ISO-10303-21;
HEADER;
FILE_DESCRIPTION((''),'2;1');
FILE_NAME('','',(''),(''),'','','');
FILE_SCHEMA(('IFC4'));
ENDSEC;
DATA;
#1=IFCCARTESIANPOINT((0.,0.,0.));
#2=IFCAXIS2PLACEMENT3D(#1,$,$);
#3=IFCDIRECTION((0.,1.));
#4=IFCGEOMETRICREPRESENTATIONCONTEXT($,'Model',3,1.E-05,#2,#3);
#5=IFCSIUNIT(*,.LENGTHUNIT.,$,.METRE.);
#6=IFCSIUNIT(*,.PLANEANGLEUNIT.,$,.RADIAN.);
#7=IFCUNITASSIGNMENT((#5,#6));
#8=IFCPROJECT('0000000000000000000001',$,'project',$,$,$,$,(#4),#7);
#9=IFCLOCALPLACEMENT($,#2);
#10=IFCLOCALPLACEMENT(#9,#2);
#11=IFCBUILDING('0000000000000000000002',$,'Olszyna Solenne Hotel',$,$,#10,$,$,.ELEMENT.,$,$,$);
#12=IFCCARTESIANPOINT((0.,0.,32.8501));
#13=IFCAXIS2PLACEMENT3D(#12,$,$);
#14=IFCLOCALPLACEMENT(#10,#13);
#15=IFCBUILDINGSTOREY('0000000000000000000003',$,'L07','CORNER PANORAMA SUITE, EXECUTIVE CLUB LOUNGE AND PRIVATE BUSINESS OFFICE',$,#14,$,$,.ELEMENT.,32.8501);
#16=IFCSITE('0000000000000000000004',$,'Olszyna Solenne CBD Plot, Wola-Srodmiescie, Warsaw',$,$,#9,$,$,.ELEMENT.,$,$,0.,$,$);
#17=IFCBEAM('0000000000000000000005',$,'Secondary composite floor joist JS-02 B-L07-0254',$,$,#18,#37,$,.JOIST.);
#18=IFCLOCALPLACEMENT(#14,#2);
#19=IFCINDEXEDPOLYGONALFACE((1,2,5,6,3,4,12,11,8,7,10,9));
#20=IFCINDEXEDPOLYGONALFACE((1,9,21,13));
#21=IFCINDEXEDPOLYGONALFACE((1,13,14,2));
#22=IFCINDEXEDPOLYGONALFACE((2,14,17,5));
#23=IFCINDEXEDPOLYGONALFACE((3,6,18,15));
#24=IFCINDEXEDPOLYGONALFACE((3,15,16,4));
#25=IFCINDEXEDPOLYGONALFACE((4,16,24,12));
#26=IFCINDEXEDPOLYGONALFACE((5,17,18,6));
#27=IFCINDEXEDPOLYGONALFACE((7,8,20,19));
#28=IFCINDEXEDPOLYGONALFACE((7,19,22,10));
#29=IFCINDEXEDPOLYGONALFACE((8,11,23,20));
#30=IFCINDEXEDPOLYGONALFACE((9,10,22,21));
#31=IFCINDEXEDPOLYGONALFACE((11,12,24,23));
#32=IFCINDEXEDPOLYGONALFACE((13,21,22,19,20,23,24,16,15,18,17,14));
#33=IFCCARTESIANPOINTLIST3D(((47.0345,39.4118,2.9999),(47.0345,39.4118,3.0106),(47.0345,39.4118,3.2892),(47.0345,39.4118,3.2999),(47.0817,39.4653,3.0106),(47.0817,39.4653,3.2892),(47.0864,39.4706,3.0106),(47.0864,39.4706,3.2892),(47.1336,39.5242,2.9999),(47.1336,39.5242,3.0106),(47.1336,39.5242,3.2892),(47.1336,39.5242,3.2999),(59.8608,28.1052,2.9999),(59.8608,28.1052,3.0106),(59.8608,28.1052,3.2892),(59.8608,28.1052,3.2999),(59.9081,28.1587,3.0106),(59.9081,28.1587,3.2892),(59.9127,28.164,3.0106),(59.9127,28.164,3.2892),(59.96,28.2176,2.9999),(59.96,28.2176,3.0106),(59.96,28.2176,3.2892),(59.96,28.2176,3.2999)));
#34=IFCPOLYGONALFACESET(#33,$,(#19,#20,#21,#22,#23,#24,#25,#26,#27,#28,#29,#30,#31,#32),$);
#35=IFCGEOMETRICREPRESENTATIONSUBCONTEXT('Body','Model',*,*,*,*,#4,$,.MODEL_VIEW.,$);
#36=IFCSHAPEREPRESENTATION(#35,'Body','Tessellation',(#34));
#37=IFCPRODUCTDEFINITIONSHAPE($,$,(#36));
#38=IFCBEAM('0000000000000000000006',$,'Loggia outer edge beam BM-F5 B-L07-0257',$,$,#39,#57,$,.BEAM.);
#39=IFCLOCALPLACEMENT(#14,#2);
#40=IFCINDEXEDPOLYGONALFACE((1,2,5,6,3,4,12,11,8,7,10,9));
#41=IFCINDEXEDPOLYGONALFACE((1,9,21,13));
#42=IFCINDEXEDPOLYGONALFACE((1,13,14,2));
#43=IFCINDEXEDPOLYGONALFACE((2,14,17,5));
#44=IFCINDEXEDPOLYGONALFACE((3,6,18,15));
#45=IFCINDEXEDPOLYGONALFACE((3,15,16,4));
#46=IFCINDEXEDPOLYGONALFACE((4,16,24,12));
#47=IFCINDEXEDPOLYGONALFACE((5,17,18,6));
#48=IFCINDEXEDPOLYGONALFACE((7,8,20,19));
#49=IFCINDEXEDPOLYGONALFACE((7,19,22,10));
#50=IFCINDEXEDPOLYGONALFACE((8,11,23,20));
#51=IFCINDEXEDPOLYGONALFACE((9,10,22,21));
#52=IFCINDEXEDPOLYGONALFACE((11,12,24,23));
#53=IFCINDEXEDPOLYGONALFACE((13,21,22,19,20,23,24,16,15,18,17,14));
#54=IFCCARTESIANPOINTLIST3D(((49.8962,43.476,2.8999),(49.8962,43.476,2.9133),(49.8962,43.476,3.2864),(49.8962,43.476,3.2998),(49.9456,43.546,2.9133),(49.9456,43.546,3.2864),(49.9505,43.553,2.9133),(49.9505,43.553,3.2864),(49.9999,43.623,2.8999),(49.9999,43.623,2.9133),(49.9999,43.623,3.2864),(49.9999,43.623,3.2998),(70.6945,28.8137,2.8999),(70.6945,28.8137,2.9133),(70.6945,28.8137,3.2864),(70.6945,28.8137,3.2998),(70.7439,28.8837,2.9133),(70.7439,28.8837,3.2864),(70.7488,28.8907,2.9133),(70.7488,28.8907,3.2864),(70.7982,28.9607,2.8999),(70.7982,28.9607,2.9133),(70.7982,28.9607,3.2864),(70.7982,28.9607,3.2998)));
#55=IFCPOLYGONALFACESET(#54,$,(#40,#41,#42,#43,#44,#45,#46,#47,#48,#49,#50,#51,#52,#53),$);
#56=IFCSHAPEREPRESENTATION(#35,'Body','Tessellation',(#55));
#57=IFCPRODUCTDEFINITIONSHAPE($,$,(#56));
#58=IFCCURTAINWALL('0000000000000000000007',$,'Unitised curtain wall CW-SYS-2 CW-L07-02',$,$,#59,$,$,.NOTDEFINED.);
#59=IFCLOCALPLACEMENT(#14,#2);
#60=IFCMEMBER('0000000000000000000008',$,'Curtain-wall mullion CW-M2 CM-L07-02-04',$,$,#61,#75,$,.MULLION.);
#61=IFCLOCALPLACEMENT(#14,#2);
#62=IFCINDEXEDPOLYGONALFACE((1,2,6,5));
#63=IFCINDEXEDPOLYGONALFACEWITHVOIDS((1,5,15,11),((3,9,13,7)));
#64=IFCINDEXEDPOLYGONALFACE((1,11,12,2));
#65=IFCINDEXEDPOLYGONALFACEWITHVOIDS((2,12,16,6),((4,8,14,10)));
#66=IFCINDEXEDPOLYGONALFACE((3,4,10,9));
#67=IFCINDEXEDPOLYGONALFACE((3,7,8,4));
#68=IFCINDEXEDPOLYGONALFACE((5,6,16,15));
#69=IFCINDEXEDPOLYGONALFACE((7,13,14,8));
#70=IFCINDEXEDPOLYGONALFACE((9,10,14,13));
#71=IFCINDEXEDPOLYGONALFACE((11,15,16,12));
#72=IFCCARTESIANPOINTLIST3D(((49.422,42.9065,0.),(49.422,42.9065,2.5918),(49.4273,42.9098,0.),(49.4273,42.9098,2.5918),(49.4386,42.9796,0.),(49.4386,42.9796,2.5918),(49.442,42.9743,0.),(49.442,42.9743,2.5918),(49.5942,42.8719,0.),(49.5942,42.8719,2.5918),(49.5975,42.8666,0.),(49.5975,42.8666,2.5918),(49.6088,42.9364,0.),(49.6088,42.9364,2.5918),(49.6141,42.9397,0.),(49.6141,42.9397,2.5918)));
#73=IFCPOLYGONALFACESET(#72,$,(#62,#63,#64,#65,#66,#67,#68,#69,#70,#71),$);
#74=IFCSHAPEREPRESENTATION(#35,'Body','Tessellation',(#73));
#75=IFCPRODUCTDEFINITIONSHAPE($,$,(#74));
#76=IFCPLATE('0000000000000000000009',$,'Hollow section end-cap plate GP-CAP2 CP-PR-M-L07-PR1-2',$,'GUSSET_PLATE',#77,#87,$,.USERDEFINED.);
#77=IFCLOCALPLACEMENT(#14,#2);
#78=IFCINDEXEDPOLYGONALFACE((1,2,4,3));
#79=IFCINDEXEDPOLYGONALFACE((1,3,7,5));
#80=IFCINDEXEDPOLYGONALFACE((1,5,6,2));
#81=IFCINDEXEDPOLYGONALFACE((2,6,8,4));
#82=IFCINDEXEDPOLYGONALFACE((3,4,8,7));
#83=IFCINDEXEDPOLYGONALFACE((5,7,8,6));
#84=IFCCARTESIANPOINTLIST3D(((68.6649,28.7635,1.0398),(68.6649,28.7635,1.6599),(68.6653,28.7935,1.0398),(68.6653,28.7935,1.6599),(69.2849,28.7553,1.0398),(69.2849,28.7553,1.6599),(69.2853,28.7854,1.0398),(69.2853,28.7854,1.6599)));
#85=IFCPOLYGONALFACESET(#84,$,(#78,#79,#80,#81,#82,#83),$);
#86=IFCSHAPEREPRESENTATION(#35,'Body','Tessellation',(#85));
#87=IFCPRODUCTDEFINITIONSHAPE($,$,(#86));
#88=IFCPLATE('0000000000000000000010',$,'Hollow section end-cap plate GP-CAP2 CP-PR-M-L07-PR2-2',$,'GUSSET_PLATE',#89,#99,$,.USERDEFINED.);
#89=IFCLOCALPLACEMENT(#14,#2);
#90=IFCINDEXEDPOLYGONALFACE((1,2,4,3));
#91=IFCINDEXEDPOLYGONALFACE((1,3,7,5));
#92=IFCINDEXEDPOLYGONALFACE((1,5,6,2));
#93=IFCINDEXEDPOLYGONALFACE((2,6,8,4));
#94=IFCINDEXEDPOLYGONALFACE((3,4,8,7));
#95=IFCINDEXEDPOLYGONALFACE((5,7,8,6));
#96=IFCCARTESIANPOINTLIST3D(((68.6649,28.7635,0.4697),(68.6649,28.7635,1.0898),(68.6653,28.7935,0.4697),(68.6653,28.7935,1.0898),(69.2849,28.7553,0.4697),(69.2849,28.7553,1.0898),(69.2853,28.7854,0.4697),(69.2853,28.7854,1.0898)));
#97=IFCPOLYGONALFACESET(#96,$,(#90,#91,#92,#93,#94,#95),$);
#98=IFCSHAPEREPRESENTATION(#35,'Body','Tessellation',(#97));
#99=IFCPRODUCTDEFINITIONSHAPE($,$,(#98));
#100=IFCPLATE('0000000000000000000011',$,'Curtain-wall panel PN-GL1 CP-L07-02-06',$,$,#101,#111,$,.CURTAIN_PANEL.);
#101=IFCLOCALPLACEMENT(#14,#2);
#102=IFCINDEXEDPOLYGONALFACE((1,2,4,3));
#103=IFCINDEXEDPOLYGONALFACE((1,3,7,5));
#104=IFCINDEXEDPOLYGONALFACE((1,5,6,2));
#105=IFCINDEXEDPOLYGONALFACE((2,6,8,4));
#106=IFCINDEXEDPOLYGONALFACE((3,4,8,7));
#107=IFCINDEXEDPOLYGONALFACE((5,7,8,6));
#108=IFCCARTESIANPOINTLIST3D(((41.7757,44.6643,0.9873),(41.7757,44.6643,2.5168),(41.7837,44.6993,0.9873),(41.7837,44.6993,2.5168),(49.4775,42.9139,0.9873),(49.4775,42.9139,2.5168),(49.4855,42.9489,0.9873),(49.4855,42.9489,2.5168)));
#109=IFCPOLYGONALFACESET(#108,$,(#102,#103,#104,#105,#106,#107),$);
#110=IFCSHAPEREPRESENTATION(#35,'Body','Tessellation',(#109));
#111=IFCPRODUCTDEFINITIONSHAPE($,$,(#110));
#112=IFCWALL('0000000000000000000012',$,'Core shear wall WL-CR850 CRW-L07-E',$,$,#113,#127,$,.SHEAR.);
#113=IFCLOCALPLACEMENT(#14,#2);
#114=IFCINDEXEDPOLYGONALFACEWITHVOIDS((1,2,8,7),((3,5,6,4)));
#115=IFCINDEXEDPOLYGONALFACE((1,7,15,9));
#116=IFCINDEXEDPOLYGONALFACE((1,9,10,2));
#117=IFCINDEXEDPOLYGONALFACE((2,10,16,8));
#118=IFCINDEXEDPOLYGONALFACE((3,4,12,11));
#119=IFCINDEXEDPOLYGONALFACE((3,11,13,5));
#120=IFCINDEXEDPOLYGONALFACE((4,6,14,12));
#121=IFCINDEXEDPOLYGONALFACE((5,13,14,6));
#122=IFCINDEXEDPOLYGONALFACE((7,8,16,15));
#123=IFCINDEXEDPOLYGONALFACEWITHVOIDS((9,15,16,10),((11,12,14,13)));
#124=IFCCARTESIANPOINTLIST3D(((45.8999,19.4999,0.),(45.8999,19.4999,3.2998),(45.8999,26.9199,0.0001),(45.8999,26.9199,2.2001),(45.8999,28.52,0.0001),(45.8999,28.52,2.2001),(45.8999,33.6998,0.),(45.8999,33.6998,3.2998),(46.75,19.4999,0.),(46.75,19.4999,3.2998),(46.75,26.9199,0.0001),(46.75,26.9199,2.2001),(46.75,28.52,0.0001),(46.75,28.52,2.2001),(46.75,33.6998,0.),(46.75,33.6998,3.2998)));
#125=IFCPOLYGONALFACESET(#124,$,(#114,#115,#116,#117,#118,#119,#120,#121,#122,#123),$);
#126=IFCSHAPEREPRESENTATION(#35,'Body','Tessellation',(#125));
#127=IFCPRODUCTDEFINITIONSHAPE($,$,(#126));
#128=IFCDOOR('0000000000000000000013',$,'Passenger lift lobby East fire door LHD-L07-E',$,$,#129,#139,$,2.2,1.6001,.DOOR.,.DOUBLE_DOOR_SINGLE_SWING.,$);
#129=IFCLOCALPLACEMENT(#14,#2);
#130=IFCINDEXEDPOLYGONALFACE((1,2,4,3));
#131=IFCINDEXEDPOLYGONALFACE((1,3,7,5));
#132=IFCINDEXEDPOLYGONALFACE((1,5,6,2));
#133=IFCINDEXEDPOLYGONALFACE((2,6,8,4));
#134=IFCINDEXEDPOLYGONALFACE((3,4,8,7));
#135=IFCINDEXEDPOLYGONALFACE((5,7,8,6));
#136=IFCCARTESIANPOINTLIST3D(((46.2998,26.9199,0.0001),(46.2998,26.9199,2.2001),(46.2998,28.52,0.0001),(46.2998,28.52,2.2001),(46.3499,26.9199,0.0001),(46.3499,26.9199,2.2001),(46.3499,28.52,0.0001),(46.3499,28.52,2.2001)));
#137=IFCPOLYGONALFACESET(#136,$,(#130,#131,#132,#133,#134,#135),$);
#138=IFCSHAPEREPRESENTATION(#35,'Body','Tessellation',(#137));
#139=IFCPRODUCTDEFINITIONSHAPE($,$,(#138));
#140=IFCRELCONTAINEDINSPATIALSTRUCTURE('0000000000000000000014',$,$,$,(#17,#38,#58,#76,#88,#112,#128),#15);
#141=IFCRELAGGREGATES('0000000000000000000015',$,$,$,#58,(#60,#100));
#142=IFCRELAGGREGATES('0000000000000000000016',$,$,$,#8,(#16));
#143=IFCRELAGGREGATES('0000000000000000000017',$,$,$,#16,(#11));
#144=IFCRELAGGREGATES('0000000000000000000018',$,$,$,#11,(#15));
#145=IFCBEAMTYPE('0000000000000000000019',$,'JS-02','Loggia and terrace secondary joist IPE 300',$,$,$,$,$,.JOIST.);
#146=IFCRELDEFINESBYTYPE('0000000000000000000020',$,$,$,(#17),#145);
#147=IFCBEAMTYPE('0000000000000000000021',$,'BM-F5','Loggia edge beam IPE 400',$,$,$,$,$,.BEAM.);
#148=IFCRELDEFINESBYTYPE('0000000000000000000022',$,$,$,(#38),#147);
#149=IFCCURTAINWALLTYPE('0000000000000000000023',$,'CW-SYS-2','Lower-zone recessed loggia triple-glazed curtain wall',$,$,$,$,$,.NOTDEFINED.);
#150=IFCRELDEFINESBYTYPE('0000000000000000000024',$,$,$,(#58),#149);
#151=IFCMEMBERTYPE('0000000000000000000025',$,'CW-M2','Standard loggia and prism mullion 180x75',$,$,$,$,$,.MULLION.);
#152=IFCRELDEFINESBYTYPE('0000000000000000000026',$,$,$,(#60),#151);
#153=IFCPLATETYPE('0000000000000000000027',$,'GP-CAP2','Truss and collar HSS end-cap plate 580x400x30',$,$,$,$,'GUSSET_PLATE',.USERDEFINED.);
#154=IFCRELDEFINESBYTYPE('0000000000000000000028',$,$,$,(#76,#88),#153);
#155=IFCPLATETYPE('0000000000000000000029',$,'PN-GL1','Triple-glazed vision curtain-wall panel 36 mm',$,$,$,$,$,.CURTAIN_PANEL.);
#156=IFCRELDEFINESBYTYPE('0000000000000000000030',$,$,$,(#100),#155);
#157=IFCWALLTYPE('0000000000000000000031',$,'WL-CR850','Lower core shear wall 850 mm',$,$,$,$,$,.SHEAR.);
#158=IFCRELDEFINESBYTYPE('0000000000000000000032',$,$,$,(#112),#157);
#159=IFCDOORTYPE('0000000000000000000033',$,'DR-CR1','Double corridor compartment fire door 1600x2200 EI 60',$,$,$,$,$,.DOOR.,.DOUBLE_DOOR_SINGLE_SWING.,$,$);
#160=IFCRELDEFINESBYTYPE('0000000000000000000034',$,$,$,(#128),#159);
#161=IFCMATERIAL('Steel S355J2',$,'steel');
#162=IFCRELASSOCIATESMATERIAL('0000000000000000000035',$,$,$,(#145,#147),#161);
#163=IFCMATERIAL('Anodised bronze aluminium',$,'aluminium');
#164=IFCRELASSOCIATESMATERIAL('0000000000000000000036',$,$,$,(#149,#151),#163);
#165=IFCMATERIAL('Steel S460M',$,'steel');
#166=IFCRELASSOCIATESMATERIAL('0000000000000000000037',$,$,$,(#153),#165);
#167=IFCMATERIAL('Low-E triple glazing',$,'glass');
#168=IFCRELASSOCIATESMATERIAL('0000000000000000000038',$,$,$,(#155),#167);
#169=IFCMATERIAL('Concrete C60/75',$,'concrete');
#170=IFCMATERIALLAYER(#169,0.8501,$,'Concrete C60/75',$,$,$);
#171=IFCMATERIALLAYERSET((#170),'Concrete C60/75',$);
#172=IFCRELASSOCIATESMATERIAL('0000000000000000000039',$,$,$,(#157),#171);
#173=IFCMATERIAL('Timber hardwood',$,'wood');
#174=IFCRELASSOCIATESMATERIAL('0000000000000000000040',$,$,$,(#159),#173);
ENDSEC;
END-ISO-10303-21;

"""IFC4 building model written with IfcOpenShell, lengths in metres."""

from ifc_helpers import new_model, si_unit, direction, frame, frame_2d, origin, origin_2d, place, context, subcontext, project, spatial, rectangle, hollow_rectangle, i_section, extrude, source, transform, mapped, material, layer, layer_set, material_profile, profile_set, type_object, type_shapes, element, fill, aggregate, save


model = new_model("IFC4")

# Units and contexts
model_context = context("Model", 3, precision=1e-05, world=origin(), true_north=direction((0.0, 1.0)))
body_context = subcontext(model_context, "Body", "Model", "MODEL_VIEW")
ifc_project = project(units=[si_unit("LENGTHUNIT", "METRE"), si_unit("PLANEANGLEUNIT", "RADIAN")], contexts=[model_context])

# Site, building, storey
site_placement = place(None, origin())
site = spatial("IfcSite", under=ifc_project, at=site_placement, Name="Olszyna Solenne CBD Plot, Wola-Srodmiescie, Warsaw", CompositionType="ELEMENT", RefElevation=0.0)
building_placement = place(site_placement, origin())
building = spatial("IfcBuilding", under=site, at=building_placement, Name="Olszyna Solenne Hotel", CompositionType="ELEMENT")
storey_placement = place(building_placement, frame((0.0, 0.0, 32.8501)))
storey = spatial("IfcBuildingStorey", under=building, at=storey_placement, Name="L07", Description="CORNER PANORAMA SUITE, EXECUTIVE CLUB LOUNGE AND PRIVATE BUSINESS OFFICE", CompositionType="ELEMENT", Elevation=32.8501)

# Shared definitions
ifc_material_1 = material(Name="Steel S460M", Category="steel")

# Beams
ifc_material_2 = material(Name="Steel S355J2", Category="steel")
ifc_material_profile_1 = material_profile(ifc_material_2, i_section(OverallWidth=0.1499, OverallDepth=0.3, WebThickness=0.0071, FlangeThickness=0.0107, at=origin_2d()), Name="IPE 300", Category="load-bearing")
ifc_profile_set_1 = profile_set([ifc_material_profile_1], Name="Steel S355J2")
beam_type_1 = type_object("IfcBeamType", Name="JS-02", Description="Loggia and terrace secondary joist IPE 300", PredefinedType="JOIST", material=ifc_profile_set_1)
shared_shape_1 = source(origin(), body_context, "Body", "SweptSolid", [
    extrude(i_section(OverallWidth=0.1499, OverallDepth=0.3, WebThickness=0.0071, FlangeThickness=0.0107, at=origin_2d()), origin(), (0.0, 0.0, 1.0), 17.0984),
])
beam_1_placement = place(storey_placement, frame((59.9104, 28.1614, 3.1499), z_axis=(-0.750151, 0.661267, 0.0), x_axis=(-0.661267, -0.750151, 0.0)))
element("IfcBeam", 1, at=beam_1_placement, inside=storey, type_object=beam_type_1, Name="Secondary composite floor joist JS-02 B-L07-0254", PredefinedType="JOIST", context=body_context, shape_type="MappedRepresentation", body=[
    mapped(shared_shape_1, transform((0.0, 0.0, 0.0), x_axis=(1.0, 0.0, 0.0), y_axis=(0.0, 1.0, 0.0), z_axis=(0.0, 0.0, 1.0), scale=1.0)),
])
ifc_material_profile_2 = material_profile(ifc_material_2, i_section(OverallWidth=0.1799, OverallDepth=0.3999, WebThickness=0.0085, FlangeThickness=0.0134, at=origin_2d()), Name="IPE 400", Category="load-bearing")
ifc_profile_set_2 = profile_set([ifc_material_profile_2], Name="Steel S355J2")
beam_type_2 = type_object("IfcBeamType", Name="BM-F5", Description="Loggia edge beam IPE 400", PredefinedType="BEAM", material=ifc_profile_set_2)
shared_shape_2 = source(origin(), body_context, "Body", "SweptSolid", [
    extrude(i_section(OverallWidth=0.1799, OverallDepth=0.3999, WebThickness=0.0085, FlangeThickness=0.0134, at=origin_2d()), origin(), (0.0, 0.0, 1.0), 25.447),
])
beam_2_placement = place(storey_placement, frame((70.7463, 28.8872, 3.0999), z_axis=(-0.817316, 0.576189, 0.0), x_axis=(-0.576189, -0.817316, 0.0)))
element("IfcBeam", 2, at=beam_2_placement, inside=storey, type_object=beam_type_2, Name="Loggia outer edge beam BM-F5 B-L07-0257", PredefinedType="BEAM", context=body_context, shape_type="MappedRepresentation", body=[
    mapped(shared_shape_2, transform((0.0, 0.0, 0.0), x_axis=(1.0, 0.0, 0.0), y_axis=(0.0, 1.0, 0.0), z_axis=(0.0, 0.0, 1.0), scale=1.0)),
])

# Curtain wall, member
ifc_material_3 = material(Name="Anodised bronze aluminium", Category="aluminium")
curtain_wall_type = type_object("IfcCurtainWallType", Name="CW-SYS-2", Description="Lower-zone recessed loggia triple-glazed curtain wall", PredefinedType="NOTDEFINED", material=ifc_material_3)
curtain_wall_placement = place(storey_placement, origin())
curtain_wall = element("IfcCurtainWall", 3, at=curtain_wall_placement, inside=storey, type_object=curtain_wall_type, Name="Unitised curtain wall CW-SYS-2 CW-L07-02", PredefinedType="NOTDEFINED")
ifc_material_profile_3 = material_profile(ifc_material_3, hollow_rectangle(XDim=0.075, YDim=0.1799, WallThickness=0.0044, at=origin_2d()), Name="MULL 180x75x4.5", Category="load-bearing")
ifc_profile_set_3 = profile_set([ifc_material_profile_3], Name="Anodised bronze aluminium")
member_type = type_object("IfcMemberType", Name="CW-M2", Description="Standard loggia and prism mullion 180x75", PredefinedType="MULLION", material=ifc_profile_set_3)
shared_shape_3 = source(origin(), body_context, "Body", "SweptSolid", [
    extrude(hollow_rectangle(XDim=0.075, YDim=0.1799, WallThickness=0.0044, at=origin_2d()), origin(), (0.0, 0.0, 1.0), 2.5918),
])
member_placement = place(storey_placement, frame((49.5181, 42.9231, 0.0), z_axis=(0.0, 0.0, 1.0), x_axis=(0.221622, 0.975133, 0.0)))
member = element("IfcMember", 4, at=member_placement, type_object=member_type, Name="Curtain-wall mullion CW-M2 CM-L07-02-04", PredefinedType="MULLION", context=body_context, shape_type="MappedRepresentation", body=[
    mapped(shared_shape_3, transform((0.0, 0.0, 0.0), x_axis=(1.0, 0.0, 0.0), y_axis=(0.0, 1.0, 0.0), z_axis=(0.0, 0.0, 1.0), scale=1.0)),
])

# Plates
plate_type_1 = type_object("IfcPlateType", Name="GP-CAP2", Description="Truss and collar HSS end-cap plate 580x400x30", ElementType="GUSSET_PLATE", PredefinedType="USERDEFINED", material=ifc_material_1)
shared_shape_4 = source(origin(), body_context, "Body", "SweptSolid", [
    extrude(rectangle(XDim=0.03, YDim=0.6201, at=origin_2d()), origin(), (0.0, 0.0, 1.0), 0.6201),
])
for number, where, z_axis, x_axis, name in (
    (5, (68.9751, 28.7744, 1.0398), (0.0, 0.0, 1.0), (0.01309, 0.999914, 0.0), "Hollow section end-cap plate GP-CAP2 CP-PR-M-L07-PR1-2"),
    (6, (68.9751, 28.7744, 0.4697), (0.0, 0.0, 1.0), (0.01309, 0.999914, 0.0), "Hollow section end-cap plate GP-CAP2 CP-PR-M-L07-PR2-2"),
):
    element("IfcPlate", number, at=place(storey_placement, frame(where, z_axis=z_axis, x_axis=x_axis)), inside=storey, type_object=plate_type_1, Name=name, ObjectType="GUSSET_PLATE", PredefinedType="USERDEFINED", context=body_context, shape_type="MappedRepresentation", body=[
        mapped(shared_shape_4, transform((0.0, 0.0, 0.0), x_axis=(1.0, 0.0, 0.0), y_axis=(0.0, 1.0, 0.0), z_axis=(0.0, 0.0, 1.0), scale=1.0)),
    ])

# Plate
ifc_material_4 = material(Name="Low-E triple glazing", Category="glass")
plate_type_2 = type_object("IfcPlateType", Name="PN-GL1", Description="Triple-glazed vision curtain-wall panel 36 mm", PredefinedType="CURTAIN_PANEL", material=ifc_material_4)
shared_shape_5 = source(origin(), body_context, "Body", "SweptSolid", [
    extrude(rectangle(XDim=7.8982, YDim=0.0359, at=origin_2d()), origin(), (0.0, 0.0, 1.0), 1.5295),
])
plate_placement = place(storey_placement, frame((45.6306, 43.8066, 0.9873), z_axis=(0.0, 0.0, 1.0), x_axis=(0.975133, -0.221622, 0.0)))
plate = element("IfcPlate", 7, at=plate_placement, type_object=plate_type_2, Name="Curtain-wall panel PN-GL1 CP-L07-02-06", PredefinedType="CURTAIN_PANEL", context=body_context, shape_type="MappedRepresentation", body=[
    mapped(shared_shape_5, transform((0.0, 0.0, 0.0), x_axis=(1.0, 0.0, 0.0), y_axis=(0.0, 1.0, 0.0), z_axis=(0.0, 0.0, 1.0), scale=1.0)),
])
aggregate(curtain_wall, [member, plate])

# Wall, opening, door
ifc_material_5 = material(Name="Concrete C60/75", Category="concrete")
ifc_layer_1 = layer(ifc_material_5, 0.8501, Name="Concrete C60/75")
ifc_layer_set_1 = layer_set([ifc_layer_1], Name="Concrete C60/75")
wall_type_1 = type_object("IfcWallType", Name="WL-CR850", Description="Lower core shear wall 850 mm", PredefinedType="SHEAR", material=ifc_layer_set_1)
wall_1_placement = place(storey_placement, frame((46.325, 33.7, 0.0), z_axis=(0.0, 0.0, 1.0), x_axis=(0.0, -1.0, 0.0)))
wall_1 = element("IfcWall", 8, at=wall_1_placement, inside=storey, type_object=wall_type_1, Name="Core shear wall WL-CR850 CRW-L07-E", PredefinedType="SHEAR", context=body_context, shape_type="SweptSolid", body=[
    extrude(rectangle(XDim=14.2, YDim=0.8501, at=frame_2d((7.1001, 0.0))), origin(), (0.0, 0.0, 1.0), 3.2998),
])
opening_1_placement = place(wall_1_placement, frame((5.1799, 0.0, 0.0)))
opening_1 = element("IfcOpeningElement", 9, at=opening_1_placement, cuts=wall_1, PredefinedType="OPENING", context=body_context, shape_type="SweptSolid", body=[
    extrude(rectangle(XDim=1.6001, YDim=2.2, at=frame_2d((0.8, 1.1001))), frame((0.0, 0.4351, 0.0), z_axis=(0.0, -1.0, 0.0), x_axis=(1.0, 0.0, 0.0)), (0.0, 0.0, 1.0), 0.8701),
])
ifc_material_6 = material(Name="Timber hardwood", Category="wood")
door_type_1 = type_object("IfcDoorType", Name="DR-CR1", Description="Double corridor compartment fire door 1600x2200 EI 60", OperationType="DOUBLE_DOOR_SINGLE_SWING", PredefinedType="DOOR", material=ifc_material_6)
shared_shape_6 = source(origin(), body_context, "Body", "SweptSolid", [
    extrude(rectangle(XDim=1.6001, YDim=2.2, at=frame_2d((0.8, 1.1001))), frame((0.0, 0.0249, 0.0), z_axis=(0.0, -1.0, 0.0), x_axis=(1.0, 0.0, 0.0)), (0.0, 0.0, 1.0), 0.05),
])
type_shapes(door_type_1, [shared_shape_6])
door_1_placement = place(opening_1_placement, origin())
door_1 = element("IfcDoor", 10, at=door_1_placement, inside=storey, type_object=door_type_1, Name="Passenger lift lobby East fire door LHD-L07-E", OperationType="DOUBLE_DOOR_SINGLE_SWING", OverallHeight=2.2, OverallWidth=1.6001, PredefinedType="DOOR", context=body_context, shape_type="MappedRepresentation", body=[
    mapped(shared_shape_6, transform((0.0, 0.0, 0.0), x_axis=(1.0, 0.0, 0.0), y_axis=(0.0, 1.0, 0.0), z_axis=(0.0, 0.0, 1.0), scale=1.0)),
])
fill(opening_1, door_1)

save(model, "model.ifc")
